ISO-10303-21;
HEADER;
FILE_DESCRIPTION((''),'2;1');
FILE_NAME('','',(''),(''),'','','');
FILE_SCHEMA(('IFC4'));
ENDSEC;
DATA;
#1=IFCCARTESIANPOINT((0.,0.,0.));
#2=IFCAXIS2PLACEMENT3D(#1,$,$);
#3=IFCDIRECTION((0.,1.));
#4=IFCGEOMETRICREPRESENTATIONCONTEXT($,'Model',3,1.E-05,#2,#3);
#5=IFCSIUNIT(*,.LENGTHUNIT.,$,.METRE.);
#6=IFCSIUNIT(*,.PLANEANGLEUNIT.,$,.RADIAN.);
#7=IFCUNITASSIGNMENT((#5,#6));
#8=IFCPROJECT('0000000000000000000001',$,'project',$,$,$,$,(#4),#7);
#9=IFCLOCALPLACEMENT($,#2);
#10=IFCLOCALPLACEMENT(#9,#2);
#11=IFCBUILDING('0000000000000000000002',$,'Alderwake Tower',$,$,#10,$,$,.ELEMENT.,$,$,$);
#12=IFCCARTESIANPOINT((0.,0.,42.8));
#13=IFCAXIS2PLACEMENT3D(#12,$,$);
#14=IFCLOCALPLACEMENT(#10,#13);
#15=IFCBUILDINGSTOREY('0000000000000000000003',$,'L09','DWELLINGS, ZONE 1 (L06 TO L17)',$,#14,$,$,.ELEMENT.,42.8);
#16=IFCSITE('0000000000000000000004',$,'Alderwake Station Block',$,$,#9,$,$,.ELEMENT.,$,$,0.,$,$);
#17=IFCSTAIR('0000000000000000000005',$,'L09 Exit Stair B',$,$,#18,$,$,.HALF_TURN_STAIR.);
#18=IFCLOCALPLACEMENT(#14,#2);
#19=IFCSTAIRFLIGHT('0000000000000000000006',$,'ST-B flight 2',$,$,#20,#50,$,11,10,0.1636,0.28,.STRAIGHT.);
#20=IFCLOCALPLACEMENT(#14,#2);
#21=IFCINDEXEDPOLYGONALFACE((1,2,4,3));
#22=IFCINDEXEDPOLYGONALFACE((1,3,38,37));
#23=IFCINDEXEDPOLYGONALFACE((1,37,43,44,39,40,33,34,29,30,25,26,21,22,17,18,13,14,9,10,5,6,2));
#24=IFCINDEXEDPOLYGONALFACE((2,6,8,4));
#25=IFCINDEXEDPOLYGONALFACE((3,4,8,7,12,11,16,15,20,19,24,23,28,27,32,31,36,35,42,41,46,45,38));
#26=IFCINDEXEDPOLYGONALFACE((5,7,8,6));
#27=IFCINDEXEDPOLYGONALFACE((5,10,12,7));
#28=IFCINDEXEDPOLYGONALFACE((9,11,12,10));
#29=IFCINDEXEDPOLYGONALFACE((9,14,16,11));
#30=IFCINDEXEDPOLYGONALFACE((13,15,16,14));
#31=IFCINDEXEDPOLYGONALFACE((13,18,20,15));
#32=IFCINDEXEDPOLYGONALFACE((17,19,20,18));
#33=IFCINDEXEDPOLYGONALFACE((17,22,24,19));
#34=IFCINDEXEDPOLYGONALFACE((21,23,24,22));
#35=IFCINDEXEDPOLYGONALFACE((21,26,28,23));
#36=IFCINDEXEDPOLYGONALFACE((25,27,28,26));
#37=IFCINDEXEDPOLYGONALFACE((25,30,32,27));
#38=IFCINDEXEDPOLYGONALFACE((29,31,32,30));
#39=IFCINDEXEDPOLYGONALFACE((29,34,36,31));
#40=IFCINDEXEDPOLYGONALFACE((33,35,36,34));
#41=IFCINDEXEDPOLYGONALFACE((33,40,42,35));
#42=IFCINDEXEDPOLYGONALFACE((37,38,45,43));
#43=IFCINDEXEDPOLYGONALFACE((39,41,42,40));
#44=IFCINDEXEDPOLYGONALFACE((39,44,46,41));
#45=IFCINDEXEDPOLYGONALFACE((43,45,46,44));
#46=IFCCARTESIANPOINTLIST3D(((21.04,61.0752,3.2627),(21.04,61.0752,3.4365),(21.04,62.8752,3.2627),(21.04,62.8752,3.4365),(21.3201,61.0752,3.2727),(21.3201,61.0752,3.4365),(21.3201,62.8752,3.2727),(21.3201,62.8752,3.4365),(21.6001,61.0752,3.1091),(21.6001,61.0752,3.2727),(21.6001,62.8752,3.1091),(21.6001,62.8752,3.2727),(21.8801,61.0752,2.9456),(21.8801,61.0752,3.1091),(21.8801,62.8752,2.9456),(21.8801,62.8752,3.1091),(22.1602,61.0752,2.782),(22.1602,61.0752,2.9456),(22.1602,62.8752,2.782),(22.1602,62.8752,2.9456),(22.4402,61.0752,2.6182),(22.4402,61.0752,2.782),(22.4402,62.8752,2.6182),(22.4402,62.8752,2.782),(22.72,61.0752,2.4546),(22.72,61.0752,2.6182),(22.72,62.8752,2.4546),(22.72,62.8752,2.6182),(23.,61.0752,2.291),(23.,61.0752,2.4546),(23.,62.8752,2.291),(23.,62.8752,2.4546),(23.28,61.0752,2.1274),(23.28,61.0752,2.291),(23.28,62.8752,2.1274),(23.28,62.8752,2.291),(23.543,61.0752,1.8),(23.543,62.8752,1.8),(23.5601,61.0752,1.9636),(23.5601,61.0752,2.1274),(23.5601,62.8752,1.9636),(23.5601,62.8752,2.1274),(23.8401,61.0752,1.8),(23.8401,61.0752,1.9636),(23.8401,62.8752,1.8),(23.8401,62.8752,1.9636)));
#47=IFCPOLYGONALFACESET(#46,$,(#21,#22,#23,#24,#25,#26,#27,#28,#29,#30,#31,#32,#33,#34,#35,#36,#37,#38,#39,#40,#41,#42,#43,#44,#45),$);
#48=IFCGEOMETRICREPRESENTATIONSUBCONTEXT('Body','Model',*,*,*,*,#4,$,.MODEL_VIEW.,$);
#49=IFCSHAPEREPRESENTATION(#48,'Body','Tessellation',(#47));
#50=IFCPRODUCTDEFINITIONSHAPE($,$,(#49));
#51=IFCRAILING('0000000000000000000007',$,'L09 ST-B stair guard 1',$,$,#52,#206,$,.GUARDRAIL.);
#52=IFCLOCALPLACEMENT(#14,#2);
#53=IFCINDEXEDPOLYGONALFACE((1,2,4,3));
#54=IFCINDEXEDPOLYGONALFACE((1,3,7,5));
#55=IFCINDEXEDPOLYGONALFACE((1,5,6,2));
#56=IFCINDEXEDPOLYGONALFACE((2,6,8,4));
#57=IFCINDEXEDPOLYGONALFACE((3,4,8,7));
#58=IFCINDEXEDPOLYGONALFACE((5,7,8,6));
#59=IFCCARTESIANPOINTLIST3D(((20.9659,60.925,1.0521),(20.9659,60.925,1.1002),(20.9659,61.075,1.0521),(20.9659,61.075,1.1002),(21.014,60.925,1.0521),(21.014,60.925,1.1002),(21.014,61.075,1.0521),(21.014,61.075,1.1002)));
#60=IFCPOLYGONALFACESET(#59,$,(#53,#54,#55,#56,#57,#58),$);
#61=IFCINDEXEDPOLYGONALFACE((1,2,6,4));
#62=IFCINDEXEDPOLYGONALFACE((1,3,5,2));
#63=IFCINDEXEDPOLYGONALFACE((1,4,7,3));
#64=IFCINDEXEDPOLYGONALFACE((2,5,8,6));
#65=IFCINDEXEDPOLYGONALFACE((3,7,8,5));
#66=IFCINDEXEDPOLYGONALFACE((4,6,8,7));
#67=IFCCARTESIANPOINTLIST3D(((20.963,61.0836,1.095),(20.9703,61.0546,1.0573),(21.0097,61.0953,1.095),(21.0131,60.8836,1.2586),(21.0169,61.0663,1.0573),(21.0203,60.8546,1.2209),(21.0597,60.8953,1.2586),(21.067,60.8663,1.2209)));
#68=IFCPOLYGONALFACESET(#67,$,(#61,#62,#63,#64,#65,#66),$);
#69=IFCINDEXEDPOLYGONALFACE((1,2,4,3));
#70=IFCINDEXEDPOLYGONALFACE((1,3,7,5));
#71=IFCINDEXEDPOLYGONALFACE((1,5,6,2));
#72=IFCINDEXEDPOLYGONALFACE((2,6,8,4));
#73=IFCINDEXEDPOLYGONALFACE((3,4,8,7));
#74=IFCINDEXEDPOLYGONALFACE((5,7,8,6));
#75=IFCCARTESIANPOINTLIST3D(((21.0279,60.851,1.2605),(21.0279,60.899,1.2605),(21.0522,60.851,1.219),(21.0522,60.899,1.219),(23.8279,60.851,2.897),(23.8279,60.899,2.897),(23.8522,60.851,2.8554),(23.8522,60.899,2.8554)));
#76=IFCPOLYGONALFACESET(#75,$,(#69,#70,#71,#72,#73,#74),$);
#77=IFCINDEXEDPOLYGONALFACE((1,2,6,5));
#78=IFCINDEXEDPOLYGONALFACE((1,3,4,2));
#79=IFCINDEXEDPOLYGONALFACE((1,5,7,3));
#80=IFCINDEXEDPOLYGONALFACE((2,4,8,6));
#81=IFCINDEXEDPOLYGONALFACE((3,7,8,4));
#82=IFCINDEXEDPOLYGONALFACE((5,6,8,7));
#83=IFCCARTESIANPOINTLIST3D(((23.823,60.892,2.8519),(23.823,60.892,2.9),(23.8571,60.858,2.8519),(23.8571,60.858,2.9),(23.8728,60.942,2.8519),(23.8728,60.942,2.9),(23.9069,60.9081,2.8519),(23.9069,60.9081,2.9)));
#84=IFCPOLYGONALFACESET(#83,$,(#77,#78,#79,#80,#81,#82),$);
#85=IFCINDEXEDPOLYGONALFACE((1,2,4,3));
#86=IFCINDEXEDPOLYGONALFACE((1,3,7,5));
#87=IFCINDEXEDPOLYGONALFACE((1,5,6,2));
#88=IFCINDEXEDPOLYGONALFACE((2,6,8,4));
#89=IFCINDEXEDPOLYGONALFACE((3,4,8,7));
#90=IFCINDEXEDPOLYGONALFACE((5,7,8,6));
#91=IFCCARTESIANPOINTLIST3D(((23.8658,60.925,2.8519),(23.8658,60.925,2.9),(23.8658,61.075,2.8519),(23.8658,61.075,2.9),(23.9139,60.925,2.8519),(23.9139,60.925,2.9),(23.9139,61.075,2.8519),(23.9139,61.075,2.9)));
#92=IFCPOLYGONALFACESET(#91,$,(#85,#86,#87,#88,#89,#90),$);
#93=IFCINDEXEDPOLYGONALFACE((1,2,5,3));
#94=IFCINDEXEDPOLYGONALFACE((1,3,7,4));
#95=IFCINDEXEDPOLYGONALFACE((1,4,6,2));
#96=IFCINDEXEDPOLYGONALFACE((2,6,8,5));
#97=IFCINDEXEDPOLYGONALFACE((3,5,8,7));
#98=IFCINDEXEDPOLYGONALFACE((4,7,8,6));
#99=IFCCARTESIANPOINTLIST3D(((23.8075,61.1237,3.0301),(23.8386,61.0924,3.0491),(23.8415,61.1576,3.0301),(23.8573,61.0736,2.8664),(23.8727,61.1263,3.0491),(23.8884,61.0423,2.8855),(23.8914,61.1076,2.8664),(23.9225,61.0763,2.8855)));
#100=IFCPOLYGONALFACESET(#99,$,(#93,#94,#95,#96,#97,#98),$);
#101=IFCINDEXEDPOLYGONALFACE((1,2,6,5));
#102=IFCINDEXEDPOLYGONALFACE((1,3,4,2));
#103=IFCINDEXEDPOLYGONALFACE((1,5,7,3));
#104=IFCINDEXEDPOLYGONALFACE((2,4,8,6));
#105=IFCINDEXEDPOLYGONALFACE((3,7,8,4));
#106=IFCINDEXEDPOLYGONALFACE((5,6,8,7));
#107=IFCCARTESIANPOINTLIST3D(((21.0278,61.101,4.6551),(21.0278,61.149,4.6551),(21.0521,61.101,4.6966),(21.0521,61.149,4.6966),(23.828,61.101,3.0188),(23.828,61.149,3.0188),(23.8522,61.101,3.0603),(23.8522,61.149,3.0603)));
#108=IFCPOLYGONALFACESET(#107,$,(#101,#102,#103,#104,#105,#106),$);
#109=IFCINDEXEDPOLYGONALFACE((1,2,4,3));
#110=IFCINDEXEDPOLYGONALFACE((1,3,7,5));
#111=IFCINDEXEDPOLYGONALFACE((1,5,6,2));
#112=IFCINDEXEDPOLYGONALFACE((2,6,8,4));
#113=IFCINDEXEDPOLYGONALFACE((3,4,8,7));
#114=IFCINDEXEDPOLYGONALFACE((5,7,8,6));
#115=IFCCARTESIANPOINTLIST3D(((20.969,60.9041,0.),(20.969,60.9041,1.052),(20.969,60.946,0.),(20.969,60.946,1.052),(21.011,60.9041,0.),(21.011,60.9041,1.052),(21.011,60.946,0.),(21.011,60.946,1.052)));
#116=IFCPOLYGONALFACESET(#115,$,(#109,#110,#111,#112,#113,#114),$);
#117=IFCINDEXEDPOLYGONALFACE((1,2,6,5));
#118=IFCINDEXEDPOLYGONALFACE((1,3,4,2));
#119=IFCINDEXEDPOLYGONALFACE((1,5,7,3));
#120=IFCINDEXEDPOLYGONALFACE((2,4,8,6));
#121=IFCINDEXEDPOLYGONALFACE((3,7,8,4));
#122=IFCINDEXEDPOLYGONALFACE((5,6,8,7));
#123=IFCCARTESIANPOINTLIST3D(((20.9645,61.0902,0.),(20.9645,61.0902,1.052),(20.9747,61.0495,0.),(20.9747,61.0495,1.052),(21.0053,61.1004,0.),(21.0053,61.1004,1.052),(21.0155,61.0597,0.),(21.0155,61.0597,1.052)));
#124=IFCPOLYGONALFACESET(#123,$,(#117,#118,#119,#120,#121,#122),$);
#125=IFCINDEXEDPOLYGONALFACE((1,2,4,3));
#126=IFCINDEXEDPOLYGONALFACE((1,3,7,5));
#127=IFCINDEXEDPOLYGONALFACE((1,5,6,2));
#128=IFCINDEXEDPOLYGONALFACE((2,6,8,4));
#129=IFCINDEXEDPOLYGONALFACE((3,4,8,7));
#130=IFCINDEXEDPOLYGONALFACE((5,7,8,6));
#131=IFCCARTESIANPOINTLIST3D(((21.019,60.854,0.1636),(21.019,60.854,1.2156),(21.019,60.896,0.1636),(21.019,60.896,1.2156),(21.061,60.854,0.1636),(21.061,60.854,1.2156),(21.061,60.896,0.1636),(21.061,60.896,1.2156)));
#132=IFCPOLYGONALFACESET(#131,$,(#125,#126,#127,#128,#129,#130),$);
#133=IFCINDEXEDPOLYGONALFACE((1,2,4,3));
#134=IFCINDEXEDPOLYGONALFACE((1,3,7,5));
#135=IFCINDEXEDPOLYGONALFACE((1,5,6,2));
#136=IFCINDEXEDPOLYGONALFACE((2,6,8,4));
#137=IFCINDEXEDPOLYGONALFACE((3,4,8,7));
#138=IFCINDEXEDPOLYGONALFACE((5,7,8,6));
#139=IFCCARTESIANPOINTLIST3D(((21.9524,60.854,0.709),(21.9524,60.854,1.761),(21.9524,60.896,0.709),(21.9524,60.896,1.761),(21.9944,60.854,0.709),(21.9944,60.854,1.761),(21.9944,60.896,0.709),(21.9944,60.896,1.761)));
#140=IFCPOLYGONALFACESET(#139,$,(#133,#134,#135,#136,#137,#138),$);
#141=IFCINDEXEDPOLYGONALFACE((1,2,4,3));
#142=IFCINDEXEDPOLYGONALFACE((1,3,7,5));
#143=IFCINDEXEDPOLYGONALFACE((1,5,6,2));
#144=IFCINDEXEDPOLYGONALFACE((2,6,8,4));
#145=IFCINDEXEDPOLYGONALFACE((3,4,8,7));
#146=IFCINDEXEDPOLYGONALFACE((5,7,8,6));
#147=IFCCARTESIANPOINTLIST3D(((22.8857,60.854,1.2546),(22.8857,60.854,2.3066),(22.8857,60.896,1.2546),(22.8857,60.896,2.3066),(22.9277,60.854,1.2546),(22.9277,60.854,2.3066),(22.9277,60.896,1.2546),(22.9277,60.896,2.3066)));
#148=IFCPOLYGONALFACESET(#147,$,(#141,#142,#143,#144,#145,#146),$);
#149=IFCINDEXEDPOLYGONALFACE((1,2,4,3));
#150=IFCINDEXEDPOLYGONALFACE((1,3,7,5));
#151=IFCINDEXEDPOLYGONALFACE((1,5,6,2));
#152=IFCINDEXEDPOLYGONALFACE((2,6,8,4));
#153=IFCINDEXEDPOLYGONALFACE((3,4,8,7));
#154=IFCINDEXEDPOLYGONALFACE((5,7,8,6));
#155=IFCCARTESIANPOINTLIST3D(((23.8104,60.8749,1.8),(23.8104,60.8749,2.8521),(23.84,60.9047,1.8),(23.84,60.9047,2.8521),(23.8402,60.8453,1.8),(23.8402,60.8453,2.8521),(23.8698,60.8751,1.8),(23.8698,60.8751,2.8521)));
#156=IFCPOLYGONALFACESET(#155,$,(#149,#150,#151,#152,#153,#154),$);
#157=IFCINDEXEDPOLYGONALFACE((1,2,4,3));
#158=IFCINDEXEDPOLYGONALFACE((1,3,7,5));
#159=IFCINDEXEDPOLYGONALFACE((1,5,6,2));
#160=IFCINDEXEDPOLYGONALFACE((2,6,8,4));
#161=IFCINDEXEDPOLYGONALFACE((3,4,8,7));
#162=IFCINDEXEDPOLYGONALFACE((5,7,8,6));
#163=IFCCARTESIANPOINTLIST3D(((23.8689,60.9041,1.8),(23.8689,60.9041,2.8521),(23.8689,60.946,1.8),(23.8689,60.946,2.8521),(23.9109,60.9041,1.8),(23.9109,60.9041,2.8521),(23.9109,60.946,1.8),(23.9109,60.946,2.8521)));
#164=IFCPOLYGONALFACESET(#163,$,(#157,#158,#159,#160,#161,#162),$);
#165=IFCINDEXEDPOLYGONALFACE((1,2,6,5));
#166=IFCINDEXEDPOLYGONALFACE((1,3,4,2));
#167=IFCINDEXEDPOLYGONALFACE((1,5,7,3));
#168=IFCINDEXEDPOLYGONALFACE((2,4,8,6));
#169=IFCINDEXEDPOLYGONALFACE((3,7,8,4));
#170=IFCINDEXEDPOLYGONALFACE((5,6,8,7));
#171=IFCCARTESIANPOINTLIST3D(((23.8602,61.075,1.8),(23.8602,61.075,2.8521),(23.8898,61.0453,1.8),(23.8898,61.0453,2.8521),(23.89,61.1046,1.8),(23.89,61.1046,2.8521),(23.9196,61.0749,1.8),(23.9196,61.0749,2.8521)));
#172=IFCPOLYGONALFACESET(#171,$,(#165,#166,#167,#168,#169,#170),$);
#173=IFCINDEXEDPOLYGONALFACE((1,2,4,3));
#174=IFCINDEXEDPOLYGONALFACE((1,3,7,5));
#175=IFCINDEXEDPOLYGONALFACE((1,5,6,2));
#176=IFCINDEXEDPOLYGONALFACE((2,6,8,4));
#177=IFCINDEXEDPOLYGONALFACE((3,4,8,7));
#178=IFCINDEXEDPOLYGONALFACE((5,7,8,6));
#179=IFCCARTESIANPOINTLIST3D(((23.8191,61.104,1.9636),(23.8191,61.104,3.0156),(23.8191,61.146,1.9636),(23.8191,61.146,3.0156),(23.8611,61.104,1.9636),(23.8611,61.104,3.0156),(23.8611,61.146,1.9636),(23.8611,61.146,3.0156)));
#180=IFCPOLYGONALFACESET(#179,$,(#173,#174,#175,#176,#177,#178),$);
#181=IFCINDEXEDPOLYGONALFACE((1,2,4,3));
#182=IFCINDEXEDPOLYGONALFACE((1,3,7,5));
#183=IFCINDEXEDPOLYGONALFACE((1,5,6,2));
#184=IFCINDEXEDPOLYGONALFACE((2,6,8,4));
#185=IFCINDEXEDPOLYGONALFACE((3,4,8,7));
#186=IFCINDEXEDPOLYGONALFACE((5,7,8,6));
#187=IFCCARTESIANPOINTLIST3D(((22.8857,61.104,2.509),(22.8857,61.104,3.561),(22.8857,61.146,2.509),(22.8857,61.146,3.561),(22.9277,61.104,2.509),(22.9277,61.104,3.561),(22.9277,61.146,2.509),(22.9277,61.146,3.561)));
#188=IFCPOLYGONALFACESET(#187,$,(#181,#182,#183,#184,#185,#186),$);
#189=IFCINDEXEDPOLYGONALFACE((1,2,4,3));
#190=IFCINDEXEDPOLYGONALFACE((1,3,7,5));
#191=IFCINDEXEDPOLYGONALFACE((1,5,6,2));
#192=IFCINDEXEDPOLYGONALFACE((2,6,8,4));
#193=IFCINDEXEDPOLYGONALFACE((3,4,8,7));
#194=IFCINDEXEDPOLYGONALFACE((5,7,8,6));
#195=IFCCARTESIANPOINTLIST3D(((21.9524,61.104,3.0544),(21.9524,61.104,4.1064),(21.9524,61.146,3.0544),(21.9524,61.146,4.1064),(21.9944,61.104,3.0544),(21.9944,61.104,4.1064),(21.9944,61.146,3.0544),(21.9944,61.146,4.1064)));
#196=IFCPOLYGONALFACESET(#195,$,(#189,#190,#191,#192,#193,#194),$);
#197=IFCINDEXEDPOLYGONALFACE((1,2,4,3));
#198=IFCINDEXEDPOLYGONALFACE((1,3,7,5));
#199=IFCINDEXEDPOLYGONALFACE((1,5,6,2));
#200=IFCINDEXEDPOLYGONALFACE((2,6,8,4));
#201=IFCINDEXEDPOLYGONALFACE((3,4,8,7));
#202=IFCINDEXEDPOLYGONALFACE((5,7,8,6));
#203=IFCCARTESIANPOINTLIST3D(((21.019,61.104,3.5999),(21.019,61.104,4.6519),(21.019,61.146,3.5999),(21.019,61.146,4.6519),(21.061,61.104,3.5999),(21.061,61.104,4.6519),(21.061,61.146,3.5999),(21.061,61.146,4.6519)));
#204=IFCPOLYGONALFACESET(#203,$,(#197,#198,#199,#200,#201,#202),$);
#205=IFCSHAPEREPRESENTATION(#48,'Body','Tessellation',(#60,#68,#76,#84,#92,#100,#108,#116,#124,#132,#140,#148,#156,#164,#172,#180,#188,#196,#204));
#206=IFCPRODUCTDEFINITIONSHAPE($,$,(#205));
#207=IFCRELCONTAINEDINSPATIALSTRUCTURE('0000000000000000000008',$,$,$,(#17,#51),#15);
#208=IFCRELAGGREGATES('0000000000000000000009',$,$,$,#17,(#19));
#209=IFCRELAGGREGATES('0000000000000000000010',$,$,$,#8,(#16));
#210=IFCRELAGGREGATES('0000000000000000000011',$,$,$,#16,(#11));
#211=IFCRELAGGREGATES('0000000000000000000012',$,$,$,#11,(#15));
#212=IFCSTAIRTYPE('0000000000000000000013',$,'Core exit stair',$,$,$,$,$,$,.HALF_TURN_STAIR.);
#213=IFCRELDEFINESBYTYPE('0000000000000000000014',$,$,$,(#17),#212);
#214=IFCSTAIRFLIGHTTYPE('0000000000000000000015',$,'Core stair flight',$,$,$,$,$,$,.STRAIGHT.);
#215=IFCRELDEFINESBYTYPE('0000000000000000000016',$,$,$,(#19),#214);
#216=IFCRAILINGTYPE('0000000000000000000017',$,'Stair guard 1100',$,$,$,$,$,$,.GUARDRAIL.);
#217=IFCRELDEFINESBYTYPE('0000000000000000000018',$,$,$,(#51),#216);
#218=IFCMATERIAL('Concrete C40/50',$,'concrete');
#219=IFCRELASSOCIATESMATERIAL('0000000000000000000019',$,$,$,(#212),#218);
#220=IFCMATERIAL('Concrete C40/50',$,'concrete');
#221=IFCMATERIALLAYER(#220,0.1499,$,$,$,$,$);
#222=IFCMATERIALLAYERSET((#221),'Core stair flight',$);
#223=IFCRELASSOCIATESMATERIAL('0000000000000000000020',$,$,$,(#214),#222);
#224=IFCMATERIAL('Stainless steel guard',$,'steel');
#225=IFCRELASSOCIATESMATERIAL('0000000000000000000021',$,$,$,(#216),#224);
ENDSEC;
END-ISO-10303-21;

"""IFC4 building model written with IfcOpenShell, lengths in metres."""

from ifc_helpers import new_model, si_unit, direction, frame, origin, origin_2d, place, context, subcontext, project, spatial, polyline, rectangle, outline, extrude, material, layer, layer_set, type_object, element, aggregate, save


model = new_model("IFC4")

# Units and contexts
model_context = context("Model", 3, precision=1e-05, world=origin(), true_north=direction((0.0, 1.0)))
body_context = subcontext(model_context, "Body", "Model", "MODEL_VIEW")
ifc_project = project(units=[si_unit("LENGTHUNIT", "METRE"), si_unit("PLANEANGLEUNIT", "RADIAN")], contexts=[model_context])

# Site, building, storey
site_placement = place(None, origin())
site = spatial("IfcSite", under=ifc_project, at=site_placement, Name="Alderwake Station Block", CompositionType="ELEMENT", RefElevation=0.0)
building_placement = place(site_placement, origin())
building = spatial("IfcBuilding", under=site, at=building_placement, Name="Alderwake Tower", CompositionType="ELEMENT")
storey_placement = place(building_placement, frame((0.0, 0.0, 42.8)))
storey = spatial("IfcBuildingStorey", under=building, at=storey_placement, Name="L09", Description="DWELLINGS, ZONE 1 (L06 TO L17)", CompositionType="ELEMENT", Elevation=42.8)

# Stair, stair flight
ifc_material_1 = material(Name="Concrete C40/50", Category="concrete")
stair_type = type_object("IfcStairType", Name="Core exit stair", PredefinedType="HALF_TURN_STAIR", material=ifc_material_1)
stair_placement = place(storey_placement, origin())
stair = element("IfcStair", 1, at=stair_placement, inside=storey, type_object=stair_type, Name="L09 Exit Stair B", PredefinedType="HALF_TURN_STAIR")
ifc_material_2 = material(Name="Concrete C40/50", Category="concrete")
ifc_layer_1 = layer(ifc_material_2, 0.1499)
ifc_layer_set_1 = layer_set([ifc_layer_1], Name="Core stair flight")
stair_flight_type = type_object("IfcStairFlightType", Name="Core stair flight", PredefinedType="STRAIGHT", material=ifc_layer_set_1)
stair_flight_1_placement = place(storey_placement, frame((23.8401, 61.9751, 1.8), z_axis=(0.0, 0.0, 1.0), x_axis=(-1.0, 0.0, 0.0)))
stair_flight_1 = element("IfcStairFlight", 2, at=stair_flight_1_placement, type_object=stair_flight_type, Name="ST-B flight 2", NumberOfRisers=11, NumberOfTreads=10, PredefinedType="STRAIGHT", RiserHeight=0.1636, TreadLength=0.28, context=body_context, shape_type="SweptSolid", body=[
    extrude(outline(polyline([(0.0, 0.0), (0.0, 0.1636), (0.28, 0.1636), (0.28, 0.3274), (0.5601, 0.3274), (0.5601, 0.491), (0.8401, 0.491), (0.8401, 0.6545), (1.1201, 0.6545), (1.1201, 0.8181), (1.3999, 0.8181), (1.3999, 0.9819), (1.6799, 0.9819), (1.6799, 1.1455), (1.96, 1.1455), (1.96, 1.3091), (2.24, 1.3091), (2.24, 1.4727), (2.52, 1.4727), (2.52, 1.6365), (2.8, 1.6365), (2.8, 1.8), (2.8, 1.4626), (0.2971, 0.0), (0.0, 0.0)])), frame((0.0, 0.8999, 0.0), z_axis=(0.0, -1.0, 0.0), x_axis=(1.0, 0.0, 0.0)), (0.0, 0.0, 1.0), 1.8),
])
aggregate(stair, [stair_flight_1])

# Railing
ifc_material_3 = material(Name="Stainless steel guard", Category="steel")
railing_type_1 = type_object("IfcRailingType", Name="Stair guard 1100", PredefinedType="GUARDRAIL", material=ifc_material_3)
railing_1_placement = place(storey_placement, frame((20.99, 60.925, 0.0)))
element("IfcRailing", 3, at=railing_1_placement, inside=storey, type_object=railing_type_1, Name="L09 ST-B stair guard 1", PredefinedType="GUARDRAIL", context=body_context, shape_type="SweptSolid", body=[
    extrude(rectangle(XDim=0.0481, YDim=0.0481, at=origin_2d()), frame((0.0, 0.0, 1.0762), z_axis=(0.0, 1.0, 0.0), x_axis=(-1.0, 0.0, 0.0)), (0.0, 0.0, 1.0), 0.1499),
    extrude(rectangle(XDim=0.0481, YDim=0.0481, at=origin_2d()), frame((0.0, 0.1499, 1.0762), z_axis=(0.1902, -0.75987, 0.621628), x_axis=(0.970073, 0.242814, 0.0)), (0.0, 0.0, 1.0), 0.2632),
    extrude(rectangle(XDim=0.0481, YDim=0.0481, at=origin_2d()), frame((0.05, -0.05, 1.2397), z_axis=(0.863361, 0.0, 0.504587), x_axis=(0.0, 1.0, 0.0)), (0.0, 0.0, 1.0), 3.2432),
    extrude(rectangle(XDim=0.0481, YDim=0.0481, at=origin_2d()), frame((2.8501, -0.05, 2.876), z_axis=(0.705376, 0.708834, 0.0), x_axis=(-0.708834, 0.705376, 0.0)), (0.0, 0.0, 1.0), 0.0706),
    extrude(rectangle(XDim=0.0481, YDim=0.0481, at=origin_2d()), frame((2.8999, 0.0, 2.876), z_axis=(0.0, 1.0, 0.0), x_axis=(-1.0, 0.0, 0.0)), (0.0, 0.0, 1.0), 0.1499),
    extrude(rectangle(XDim=0.0481, YDim=0.0481, at=origin_2d()), frame((2.8999, 0.1499, 2.876), z_axis=(-0.279546, 0.280917, 0.918118), x_axis=(-0.708834, -0.705376, 0.0)), (0.0, 0.0, 1.0), 0.1782),
    extrude(rectangle(XDim=0.0481, YDim=0.0481, at=origin_2d()), frame((2.8501, 0.2, 3.0396), z_axis=(-0.863394, 0.0, 0.504531), x_axis=(0.0, -1.0, 0.0)), (0.0, 0.0, 1.0), 3.2432),
    extrude(rectangle(XDim=0.042, YDim=0.042, at=origin_2d()), frame((0.0, 0.0, 0.0), z_axis=(0.0, 0.0, 1.0), x_axis=(0.0, 1.0, 0.0)), (0.0, 0.0, 1.0), 1.052),
    extrude(rectangle(XDim=0.042, YDim=0.042, at=origin_2d()), frame((0.0, 0.1499, 0.0), z_axis=(0.0, 0.0, 1.0), x_axis=(0.242814, -0.970073, 0.0)), (0.0, 0.0, 1.0), 1.052),
    extrude(rectangle(XDim=0.042, YDim=0.042, at=origin_2d()), frame((0.05, -0.05, 0.1636), z_axis=(0.0, 0.0, 1.0), x_axis=(1.0, 0.0, 0.0)), (0.0, 0.0, 1.0), 1.052),
    extrude(rectangle(XDim=0.042, YDim=0.042, at=origin_2d()), frame((0.9834, -0.05, 0.709), z_axis=(0.0, 0.0, 1.0), x_axis=(1.0, 0.0, 0.0)), (0.0, 0.0, 1.0), 1.052),
    extrude(rectangle(XDim=0.042, YDim=0.042, at=origin_2d()), frame((1.9167, -0.05, 1.2546), z_axis=(0.0, 0.0, 1.0), x_axis=(1.0, 0.0, 0.0)), (0.0, 0.0, 1.0), 1.052),
    extrude(rectangle(XDim=0.042, YDim=0.042, at=origin_2d()), frame((2.8501, -0.05, 1.8), z_axis=(0.0, 0.0, 1.0), x_axis=(0.705376, 0.708834, 0.0)), (0.0, 0.0, 1.0), 1.052),
    extrude(rectangle(XDim=0.042, YDim=0.042, at=origin_2d()), frame((2.8999, 0.0, 1.8), z_axis=(0.0, 0.0, 1.0), x_axis=(0.0, 1.0, 0.0)), (0.0, 0.0, 1.0), 1.052),
    extrude(rectangle(XDim=0.042, YDim=0.042, at=origin_2d()), frame((2.8999, 0.1499, 1.8), z_axis=(0.0, 0.0, 1.0), x_axis=(-0.705376, 0.708834, 0.0)), (0.0, 0.0, 1.0), 1.052),
    extrude(rectangle(XDim=0.042, YDim=0.042, at=origin_2d()), frame((2.8501, 0.2, 1.9636), z_axis=(0.0, 0.0, 1.0), x_axis=(-1.0, 0.0, 0.0)), (0.0, 0.0, 1.0), 1.052),
    extrude(rectangle(XDim=0.042, YDim=0.042, at=origin_2d()), frame((1.9167, 0.2, 2.509), z_axis=(0.0, 0.0, 1.0), x_axis=(-1.0, 0.0, 0.0)), (0.0, 0.0, 1.0), 1.052),
    extrude(rectangle(XDim=0.042, YDim=0.042, at=origin_2d()), frame((0.9834, 0.2, 3.0544), z_axis=(0.0, 0.0, 1.0), x_axis=(-1.0, 0.0, 0.0)), (0.0, 0.0, 1.0), 1.052),
    extrude(rectangle(XDim=0.042, YDim=0.042, at=origin_2d()), frame((0.05, 0.2, 3.5999), z_axis=(0.0, 0.0, 1.0), x_axis=(-1.0, 0.0, 0.0)), (0.0, 0.0, 1.0), 1.052),
])

save(model, "model.ifc")
